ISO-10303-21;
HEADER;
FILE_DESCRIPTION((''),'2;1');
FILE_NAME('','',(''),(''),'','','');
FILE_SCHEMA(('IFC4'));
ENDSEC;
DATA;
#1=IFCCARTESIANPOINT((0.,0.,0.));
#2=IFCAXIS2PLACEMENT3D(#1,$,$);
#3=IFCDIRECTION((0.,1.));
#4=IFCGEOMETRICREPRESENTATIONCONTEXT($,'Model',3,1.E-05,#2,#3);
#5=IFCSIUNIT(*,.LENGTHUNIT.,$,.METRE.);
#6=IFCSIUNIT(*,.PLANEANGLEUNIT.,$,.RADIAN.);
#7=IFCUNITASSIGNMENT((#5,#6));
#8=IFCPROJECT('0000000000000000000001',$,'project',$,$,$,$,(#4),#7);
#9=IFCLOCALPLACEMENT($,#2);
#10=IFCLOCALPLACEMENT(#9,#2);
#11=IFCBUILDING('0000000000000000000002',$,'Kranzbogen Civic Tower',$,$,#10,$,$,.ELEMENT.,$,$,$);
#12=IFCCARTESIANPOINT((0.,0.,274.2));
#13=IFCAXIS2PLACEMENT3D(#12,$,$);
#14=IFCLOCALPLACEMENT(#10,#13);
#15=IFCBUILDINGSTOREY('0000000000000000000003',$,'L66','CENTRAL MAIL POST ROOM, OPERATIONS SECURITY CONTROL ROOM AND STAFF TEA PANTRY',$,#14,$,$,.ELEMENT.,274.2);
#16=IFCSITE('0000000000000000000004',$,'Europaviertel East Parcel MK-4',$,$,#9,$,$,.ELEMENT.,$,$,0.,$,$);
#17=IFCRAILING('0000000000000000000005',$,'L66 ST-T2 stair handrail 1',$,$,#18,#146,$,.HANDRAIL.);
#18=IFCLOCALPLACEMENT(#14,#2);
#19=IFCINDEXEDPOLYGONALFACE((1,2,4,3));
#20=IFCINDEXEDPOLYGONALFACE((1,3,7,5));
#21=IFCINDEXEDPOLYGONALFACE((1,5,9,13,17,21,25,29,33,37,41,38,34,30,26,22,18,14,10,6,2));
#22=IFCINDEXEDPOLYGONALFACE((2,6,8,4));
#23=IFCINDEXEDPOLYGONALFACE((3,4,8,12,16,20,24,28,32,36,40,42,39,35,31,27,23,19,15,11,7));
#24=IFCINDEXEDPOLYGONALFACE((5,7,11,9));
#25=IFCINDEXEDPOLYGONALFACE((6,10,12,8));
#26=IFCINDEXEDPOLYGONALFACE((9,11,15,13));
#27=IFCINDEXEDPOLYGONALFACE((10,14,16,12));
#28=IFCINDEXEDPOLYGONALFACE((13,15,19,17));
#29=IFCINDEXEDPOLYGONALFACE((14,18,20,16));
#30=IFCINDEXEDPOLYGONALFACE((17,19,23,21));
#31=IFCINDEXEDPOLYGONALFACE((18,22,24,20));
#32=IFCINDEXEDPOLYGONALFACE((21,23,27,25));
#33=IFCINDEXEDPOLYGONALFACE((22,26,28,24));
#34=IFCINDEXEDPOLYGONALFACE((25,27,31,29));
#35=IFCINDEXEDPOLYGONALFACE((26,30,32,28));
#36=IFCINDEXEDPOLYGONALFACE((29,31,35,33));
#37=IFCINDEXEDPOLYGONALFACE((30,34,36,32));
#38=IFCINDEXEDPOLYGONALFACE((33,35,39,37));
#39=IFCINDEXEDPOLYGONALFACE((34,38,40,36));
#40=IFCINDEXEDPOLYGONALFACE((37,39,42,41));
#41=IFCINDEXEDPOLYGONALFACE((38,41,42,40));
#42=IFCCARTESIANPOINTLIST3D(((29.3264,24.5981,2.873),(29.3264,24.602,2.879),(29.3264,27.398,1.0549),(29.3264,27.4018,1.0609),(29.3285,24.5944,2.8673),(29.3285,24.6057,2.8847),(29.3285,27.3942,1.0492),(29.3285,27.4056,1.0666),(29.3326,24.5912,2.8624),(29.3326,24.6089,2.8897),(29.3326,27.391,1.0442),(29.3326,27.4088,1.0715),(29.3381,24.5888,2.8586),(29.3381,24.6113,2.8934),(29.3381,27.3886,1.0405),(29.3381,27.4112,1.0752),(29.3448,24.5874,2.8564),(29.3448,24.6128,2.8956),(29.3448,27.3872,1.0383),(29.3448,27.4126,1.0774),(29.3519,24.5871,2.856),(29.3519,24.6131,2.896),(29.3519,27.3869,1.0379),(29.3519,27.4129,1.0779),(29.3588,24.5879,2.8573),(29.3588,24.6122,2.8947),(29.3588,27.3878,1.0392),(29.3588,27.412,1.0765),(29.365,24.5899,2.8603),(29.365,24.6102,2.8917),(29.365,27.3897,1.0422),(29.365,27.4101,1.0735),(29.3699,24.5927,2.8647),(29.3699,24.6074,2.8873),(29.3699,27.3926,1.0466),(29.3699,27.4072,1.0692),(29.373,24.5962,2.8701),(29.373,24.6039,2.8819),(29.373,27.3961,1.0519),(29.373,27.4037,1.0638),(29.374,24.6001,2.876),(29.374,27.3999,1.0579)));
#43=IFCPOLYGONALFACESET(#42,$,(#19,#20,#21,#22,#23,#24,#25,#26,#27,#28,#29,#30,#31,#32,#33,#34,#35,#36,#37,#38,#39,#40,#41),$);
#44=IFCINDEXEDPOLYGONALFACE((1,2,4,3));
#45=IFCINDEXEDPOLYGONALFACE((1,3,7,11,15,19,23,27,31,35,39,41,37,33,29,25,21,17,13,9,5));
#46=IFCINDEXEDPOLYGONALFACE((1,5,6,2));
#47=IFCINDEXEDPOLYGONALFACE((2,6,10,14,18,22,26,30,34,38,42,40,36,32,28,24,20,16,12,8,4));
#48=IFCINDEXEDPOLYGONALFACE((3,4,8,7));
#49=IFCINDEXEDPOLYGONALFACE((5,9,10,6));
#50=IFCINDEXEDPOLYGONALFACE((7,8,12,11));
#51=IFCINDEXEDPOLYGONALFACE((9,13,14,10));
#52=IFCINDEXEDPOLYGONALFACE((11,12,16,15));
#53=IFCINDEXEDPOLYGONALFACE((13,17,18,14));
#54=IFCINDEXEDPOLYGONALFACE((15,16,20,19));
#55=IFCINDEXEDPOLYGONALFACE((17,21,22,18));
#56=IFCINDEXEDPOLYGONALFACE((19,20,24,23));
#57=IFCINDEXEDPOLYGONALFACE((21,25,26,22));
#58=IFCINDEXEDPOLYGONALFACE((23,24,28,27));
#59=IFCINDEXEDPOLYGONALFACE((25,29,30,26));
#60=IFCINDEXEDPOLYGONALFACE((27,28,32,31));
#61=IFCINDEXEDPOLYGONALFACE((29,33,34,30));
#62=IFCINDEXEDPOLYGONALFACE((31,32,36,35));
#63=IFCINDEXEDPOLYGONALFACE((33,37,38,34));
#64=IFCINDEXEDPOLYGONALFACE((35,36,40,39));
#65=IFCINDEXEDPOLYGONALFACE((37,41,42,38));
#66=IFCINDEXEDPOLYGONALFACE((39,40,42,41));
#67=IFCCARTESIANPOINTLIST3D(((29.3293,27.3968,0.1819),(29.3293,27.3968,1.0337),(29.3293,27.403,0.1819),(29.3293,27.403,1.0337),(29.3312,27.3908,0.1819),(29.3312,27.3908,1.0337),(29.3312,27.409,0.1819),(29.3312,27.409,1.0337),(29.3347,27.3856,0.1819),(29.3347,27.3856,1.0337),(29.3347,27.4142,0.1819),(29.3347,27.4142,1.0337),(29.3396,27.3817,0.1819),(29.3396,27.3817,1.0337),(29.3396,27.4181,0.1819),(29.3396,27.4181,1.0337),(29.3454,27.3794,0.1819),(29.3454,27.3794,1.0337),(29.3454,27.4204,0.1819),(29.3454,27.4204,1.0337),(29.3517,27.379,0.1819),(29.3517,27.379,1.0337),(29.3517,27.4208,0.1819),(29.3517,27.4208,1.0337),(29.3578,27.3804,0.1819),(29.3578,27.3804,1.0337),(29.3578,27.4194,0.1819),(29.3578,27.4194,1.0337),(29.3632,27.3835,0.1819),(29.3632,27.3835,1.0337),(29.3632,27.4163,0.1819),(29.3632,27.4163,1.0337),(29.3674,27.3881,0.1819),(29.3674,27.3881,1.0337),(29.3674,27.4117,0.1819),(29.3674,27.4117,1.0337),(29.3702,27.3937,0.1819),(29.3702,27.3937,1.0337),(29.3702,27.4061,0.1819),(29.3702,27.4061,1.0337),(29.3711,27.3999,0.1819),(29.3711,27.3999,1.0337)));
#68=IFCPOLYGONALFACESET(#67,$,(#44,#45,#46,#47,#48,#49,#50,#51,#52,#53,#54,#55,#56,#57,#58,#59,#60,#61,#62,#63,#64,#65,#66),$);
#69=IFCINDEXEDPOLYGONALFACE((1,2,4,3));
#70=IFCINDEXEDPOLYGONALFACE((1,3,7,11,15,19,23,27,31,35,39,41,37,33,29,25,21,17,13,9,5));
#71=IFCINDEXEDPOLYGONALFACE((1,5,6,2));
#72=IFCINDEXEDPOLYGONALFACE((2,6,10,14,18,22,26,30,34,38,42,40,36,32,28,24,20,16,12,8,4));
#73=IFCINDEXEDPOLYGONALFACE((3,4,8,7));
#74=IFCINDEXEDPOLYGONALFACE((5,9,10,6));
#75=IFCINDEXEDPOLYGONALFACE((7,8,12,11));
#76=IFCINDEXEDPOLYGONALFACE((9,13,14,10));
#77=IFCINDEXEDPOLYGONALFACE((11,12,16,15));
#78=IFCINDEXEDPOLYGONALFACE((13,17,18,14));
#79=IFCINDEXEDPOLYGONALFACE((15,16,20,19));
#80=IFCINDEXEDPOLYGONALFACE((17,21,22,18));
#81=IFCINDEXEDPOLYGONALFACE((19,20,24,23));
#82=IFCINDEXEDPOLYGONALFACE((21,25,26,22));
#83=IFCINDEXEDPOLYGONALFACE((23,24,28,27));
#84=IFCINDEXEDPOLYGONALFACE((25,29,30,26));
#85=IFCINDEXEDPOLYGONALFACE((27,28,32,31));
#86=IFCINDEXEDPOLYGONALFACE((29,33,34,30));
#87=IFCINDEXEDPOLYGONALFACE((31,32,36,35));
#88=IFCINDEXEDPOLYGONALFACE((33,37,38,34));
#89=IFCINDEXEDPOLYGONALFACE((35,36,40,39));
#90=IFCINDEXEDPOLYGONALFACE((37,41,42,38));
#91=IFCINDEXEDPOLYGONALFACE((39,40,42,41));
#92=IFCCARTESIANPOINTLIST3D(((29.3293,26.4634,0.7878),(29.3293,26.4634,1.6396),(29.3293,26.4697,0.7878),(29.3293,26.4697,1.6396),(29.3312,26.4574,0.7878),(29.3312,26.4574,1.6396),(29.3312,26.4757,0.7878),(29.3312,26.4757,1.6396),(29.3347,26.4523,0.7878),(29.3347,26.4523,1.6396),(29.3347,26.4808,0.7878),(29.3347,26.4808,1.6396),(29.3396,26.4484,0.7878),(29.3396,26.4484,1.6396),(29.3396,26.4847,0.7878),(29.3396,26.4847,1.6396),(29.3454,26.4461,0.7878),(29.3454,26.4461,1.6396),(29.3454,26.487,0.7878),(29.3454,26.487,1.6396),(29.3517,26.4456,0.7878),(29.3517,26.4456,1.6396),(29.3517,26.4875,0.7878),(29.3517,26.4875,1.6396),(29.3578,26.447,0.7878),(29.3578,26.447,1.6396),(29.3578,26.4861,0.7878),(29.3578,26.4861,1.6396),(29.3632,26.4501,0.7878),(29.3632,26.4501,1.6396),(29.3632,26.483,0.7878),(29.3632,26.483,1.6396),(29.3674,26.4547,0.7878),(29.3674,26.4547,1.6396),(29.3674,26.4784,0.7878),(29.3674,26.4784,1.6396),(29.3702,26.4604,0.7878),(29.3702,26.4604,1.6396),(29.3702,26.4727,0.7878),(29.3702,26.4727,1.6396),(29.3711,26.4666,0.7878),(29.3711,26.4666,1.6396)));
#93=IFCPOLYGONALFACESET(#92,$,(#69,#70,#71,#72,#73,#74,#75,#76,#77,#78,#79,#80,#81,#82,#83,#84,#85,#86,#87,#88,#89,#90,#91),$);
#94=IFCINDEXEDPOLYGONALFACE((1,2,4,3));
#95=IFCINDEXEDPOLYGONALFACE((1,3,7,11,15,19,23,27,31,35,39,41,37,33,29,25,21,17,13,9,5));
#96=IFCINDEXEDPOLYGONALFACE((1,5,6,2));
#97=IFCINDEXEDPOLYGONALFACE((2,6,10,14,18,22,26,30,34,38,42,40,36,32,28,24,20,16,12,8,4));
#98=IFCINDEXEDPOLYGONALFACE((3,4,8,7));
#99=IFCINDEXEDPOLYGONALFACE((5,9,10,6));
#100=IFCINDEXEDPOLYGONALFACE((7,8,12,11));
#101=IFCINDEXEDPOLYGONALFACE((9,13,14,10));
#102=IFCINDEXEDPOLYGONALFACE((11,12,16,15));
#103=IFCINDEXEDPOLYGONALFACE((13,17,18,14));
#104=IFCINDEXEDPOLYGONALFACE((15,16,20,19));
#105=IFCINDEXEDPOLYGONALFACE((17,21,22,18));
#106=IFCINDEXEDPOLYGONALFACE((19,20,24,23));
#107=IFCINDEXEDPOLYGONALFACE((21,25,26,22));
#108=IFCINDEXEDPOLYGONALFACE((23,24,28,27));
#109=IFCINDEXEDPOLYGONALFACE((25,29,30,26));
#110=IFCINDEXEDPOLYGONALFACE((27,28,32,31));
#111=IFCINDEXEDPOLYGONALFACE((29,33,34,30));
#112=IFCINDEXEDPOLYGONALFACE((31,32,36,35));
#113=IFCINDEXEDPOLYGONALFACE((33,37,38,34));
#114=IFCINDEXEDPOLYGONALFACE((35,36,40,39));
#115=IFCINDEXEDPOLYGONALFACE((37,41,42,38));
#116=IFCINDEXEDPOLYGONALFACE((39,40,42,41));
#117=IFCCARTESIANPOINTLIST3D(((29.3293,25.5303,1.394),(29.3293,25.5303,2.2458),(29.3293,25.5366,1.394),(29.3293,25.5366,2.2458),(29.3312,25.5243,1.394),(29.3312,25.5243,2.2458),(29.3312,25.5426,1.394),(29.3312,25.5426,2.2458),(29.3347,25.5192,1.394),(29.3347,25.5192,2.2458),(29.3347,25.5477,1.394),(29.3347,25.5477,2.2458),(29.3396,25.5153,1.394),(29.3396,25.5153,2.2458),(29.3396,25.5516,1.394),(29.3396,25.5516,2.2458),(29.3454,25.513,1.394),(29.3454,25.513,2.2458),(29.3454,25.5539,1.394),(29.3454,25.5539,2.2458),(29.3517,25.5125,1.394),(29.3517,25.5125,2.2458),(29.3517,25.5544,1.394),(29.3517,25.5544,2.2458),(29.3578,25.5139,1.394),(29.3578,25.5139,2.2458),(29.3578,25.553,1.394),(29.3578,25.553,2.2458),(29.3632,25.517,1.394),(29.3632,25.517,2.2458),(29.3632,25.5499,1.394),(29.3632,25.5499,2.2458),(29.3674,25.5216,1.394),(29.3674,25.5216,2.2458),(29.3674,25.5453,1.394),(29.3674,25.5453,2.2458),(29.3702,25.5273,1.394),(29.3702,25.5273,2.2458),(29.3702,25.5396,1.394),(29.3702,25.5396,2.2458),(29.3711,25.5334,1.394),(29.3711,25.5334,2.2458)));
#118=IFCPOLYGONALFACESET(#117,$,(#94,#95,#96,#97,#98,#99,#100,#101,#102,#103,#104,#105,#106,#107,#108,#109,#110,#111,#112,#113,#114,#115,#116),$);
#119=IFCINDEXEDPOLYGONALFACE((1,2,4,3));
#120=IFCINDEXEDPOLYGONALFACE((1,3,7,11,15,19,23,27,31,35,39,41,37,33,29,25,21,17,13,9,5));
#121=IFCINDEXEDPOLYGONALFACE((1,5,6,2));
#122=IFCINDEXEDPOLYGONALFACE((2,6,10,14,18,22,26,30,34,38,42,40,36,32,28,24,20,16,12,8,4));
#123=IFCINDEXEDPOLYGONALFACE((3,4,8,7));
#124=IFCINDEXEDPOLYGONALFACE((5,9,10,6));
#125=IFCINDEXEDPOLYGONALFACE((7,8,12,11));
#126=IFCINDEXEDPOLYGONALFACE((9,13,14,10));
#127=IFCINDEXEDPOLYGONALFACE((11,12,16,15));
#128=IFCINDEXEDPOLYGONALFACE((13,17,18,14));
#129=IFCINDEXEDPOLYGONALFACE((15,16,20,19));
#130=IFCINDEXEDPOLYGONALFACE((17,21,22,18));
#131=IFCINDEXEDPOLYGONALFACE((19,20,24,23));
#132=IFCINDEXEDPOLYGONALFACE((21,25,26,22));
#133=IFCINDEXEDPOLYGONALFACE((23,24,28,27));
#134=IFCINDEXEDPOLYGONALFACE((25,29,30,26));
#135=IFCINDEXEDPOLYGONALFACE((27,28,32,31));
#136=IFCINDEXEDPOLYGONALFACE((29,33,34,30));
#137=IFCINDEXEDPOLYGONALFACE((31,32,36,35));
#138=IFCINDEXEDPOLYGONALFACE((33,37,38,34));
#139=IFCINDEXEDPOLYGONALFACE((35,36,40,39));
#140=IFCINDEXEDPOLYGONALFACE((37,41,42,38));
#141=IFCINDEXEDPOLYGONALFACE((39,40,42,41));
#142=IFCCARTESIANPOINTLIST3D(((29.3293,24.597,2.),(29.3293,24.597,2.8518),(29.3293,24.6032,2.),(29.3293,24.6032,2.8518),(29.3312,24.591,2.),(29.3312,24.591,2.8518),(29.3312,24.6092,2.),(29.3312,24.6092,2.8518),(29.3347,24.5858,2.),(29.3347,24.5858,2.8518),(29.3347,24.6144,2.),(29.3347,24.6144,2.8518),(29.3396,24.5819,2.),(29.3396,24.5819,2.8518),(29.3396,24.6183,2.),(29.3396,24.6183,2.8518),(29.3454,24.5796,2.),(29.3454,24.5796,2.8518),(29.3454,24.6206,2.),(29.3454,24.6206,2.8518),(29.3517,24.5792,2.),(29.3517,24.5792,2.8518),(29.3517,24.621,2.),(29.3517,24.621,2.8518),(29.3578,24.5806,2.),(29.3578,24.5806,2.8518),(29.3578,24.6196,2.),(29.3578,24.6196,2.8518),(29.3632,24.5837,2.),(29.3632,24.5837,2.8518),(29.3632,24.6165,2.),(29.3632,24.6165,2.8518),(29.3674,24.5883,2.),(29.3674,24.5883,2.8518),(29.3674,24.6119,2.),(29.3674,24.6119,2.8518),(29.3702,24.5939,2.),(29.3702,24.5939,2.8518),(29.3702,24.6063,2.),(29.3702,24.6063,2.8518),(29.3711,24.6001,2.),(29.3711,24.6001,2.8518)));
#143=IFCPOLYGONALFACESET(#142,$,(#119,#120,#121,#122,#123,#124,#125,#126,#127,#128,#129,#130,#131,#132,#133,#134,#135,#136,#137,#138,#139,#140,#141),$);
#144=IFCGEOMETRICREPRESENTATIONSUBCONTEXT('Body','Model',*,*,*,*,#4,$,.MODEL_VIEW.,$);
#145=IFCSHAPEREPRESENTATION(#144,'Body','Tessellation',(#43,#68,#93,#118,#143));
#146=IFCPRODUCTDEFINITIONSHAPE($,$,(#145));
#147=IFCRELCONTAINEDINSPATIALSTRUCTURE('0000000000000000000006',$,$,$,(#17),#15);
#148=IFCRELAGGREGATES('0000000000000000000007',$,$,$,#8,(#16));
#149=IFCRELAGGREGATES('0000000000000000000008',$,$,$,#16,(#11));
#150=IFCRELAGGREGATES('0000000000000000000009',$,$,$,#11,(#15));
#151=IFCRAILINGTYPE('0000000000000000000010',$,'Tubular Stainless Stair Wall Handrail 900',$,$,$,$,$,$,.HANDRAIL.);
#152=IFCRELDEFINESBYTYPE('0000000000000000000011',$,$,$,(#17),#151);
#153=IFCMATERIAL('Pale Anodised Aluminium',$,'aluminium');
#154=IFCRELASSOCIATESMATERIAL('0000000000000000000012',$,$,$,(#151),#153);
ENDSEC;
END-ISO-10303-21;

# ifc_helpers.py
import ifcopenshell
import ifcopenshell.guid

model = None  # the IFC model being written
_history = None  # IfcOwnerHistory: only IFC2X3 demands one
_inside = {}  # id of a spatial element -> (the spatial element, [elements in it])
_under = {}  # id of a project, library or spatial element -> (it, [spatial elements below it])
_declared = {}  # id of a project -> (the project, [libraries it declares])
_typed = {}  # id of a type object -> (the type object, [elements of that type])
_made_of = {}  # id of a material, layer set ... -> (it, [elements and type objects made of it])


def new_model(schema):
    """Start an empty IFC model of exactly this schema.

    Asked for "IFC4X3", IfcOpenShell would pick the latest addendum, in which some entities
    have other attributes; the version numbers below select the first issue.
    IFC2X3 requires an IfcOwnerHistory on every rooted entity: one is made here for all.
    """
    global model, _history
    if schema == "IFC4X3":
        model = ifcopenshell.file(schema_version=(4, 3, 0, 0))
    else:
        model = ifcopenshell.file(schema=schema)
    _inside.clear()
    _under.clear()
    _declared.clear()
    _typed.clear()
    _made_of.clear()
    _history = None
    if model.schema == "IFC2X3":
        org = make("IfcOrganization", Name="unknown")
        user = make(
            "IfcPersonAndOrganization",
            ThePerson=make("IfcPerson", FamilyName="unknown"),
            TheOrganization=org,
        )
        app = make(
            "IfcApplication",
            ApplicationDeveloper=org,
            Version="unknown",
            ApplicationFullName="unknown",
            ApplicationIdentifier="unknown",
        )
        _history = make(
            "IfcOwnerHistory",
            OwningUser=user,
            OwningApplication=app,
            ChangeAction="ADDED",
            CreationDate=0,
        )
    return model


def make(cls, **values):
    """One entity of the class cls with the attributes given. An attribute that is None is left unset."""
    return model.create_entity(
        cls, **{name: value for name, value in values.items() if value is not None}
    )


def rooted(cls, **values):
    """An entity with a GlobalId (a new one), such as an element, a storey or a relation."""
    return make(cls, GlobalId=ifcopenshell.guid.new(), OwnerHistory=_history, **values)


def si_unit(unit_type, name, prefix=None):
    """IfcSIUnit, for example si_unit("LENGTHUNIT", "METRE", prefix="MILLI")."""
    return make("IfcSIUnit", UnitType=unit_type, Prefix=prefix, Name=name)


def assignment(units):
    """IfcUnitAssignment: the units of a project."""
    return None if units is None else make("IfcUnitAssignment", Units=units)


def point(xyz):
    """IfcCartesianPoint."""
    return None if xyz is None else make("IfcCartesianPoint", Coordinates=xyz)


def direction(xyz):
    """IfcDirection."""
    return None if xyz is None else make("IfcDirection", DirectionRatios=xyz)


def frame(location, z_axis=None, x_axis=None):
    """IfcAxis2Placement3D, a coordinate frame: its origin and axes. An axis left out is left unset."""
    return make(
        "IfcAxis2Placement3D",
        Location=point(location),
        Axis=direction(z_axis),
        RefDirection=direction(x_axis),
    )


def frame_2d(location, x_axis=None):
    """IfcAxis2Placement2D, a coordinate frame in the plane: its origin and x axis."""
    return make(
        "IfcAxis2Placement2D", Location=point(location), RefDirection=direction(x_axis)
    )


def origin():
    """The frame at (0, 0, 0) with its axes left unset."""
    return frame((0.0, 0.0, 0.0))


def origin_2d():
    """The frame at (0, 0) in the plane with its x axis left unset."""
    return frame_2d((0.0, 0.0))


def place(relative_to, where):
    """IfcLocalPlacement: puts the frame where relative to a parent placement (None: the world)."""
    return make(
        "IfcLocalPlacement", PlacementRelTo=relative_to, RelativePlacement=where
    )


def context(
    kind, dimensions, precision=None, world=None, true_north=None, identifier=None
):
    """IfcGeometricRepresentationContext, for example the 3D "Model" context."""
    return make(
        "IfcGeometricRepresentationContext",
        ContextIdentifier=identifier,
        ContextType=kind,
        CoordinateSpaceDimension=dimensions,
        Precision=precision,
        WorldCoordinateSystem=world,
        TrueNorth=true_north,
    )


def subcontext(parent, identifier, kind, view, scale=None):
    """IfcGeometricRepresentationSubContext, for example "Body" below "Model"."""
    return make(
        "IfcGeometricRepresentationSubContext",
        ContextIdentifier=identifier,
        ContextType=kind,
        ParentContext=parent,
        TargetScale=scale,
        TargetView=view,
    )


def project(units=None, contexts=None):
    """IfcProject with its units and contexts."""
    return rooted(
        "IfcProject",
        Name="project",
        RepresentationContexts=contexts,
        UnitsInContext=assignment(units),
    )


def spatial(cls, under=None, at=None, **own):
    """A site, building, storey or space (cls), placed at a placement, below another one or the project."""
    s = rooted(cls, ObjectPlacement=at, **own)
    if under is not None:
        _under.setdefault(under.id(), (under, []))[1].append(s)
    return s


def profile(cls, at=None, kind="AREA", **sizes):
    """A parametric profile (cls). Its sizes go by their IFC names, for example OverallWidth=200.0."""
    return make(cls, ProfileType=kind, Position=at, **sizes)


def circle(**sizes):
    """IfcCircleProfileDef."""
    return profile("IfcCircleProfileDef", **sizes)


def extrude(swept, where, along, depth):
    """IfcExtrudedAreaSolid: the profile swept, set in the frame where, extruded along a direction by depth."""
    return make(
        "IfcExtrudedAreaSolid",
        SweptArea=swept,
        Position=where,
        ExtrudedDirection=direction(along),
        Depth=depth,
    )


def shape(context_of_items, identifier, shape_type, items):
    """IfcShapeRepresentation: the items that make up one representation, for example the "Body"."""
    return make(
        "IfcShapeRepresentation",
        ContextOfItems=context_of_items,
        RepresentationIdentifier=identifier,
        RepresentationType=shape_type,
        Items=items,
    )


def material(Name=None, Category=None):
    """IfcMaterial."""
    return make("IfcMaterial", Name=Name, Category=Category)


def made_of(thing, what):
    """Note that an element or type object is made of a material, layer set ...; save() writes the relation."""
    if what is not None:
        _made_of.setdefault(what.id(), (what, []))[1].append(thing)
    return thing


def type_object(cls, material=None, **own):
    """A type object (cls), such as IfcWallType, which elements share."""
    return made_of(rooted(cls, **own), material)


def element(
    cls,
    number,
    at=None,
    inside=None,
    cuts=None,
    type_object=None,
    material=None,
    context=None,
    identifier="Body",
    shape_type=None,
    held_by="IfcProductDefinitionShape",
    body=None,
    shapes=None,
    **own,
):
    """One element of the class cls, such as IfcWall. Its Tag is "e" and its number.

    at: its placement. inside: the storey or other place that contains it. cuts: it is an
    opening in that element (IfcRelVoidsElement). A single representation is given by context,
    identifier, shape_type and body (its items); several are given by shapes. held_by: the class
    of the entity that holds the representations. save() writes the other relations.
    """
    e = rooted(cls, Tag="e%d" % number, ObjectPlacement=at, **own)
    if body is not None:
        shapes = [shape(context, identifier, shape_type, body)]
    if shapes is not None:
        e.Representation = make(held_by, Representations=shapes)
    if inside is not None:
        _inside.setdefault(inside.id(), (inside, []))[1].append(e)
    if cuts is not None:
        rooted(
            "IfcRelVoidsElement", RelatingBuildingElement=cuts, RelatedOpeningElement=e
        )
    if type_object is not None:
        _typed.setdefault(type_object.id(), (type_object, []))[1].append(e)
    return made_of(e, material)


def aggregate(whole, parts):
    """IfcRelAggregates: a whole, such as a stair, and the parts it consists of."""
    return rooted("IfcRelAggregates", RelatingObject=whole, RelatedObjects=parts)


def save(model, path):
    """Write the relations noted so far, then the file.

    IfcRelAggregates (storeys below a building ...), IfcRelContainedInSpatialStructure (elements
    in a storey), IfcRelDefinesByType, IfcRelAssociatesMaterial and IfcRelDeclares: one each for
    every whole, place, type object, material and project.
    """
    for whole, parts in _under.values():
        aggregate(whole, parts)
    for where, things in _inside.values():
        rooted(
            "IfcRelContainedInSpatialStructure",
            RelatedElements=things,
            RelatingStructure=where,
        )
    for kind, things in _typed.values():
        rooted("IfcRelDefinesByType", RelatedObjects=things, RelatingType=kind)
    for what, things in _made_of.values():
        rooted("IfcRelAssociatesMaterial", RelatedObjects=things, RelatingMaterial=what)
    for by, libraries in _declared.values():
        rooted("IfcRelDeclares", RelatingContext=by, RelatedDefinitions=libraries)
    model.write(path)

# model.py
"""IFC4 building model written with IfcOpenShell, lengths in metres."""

from ifc_helpers import new_model, si_unit, direction, frame, origin, origin_2d, place, context, subcontext, project, spatial, circle, extrude, material, type_object, element, save


model = new_model("IFC4")

# Units and contexts
model_context = context("Model", 3, precision=1e-05, world=origin(), true_north=direction((0.0, 1.0)))
body_context = subcontext(model_context, "Body", "Model", "MODEL_VIEW")
ifc_project = project(units=[si_unit("LENGTHUNIT", "METRE"), si_unit("PLANEANGLEUNIT", "RADIAN")], contexts=[model_context])

# Site, building, storey
site_placement = place(None, origin())
site = spatial("IfcSite", under=ifc_project, at=site_placement, Name="Europaviertel East Parcel MK-4", CompositionType="ELEMENT", RefElevation=0.0)
building_placement = place(site_placement, origin())
building = spatial("IfcBuilding", under=site, at=building_placement, Name="Kranzbogen Civic Tower", CompositionType="ELEMENT")
storey_placement = place(building_placement, frame((0.0, 0.0, 274.2)))
storey = spatial("IfcBuildingStorey", under=building, at=storey_placement, Name="L66", Description="CENTRAL MAIL POST ROOM, OPERATIONS SECURITY CONTROL ROOM AND STAFF TEA PANTRY", CompositionType="ELEMENT", Elevation=274.2)

# Shared definitions
ifc_material_1 = material(Name="Pale Anodised Aluminium", Category="aluminium")

# Railing
railing_type_1 = type_object("IfcRailingType", Name="Tubular Stainless Stair Wall Handrail 900", PredefinedType="HANDRAIL", material=ifc_material_1)
railing_1_placement = place(storey_placement, frame((29.3501, 27.3999, 0.1819)))
element("IfcRailing", 1, at=railing_1_placement, inside=storey, type_object=railing_type_1, Name="L66 ST-T2 stair handrail 1", PredefinedType="HANDRAIL", context=body_context, shape_type="SweptSolid", body=[
    extrude(circle(Radius=0.0239, at=origin_2d()), frame((0.0, 0.0, 0.876), z_axis=(0.0, -0.838684, 0.544618), x_axis=(1.0, 0.0, 0.0)), (0.0, 0.0, 1.0), 3.3384),
    extrude(circle(Radius=0.021, at=origin_2d()), origin(), (0.0, 0.0, 1.0), 0.8518),
    extrude(circle(Radius=0.021, at=origin_2d()), frame((0.0, -0.9333, 0.606)), (0.0, 0.0, 1.0), 0.8518),
    extrude(circle(Radius=0.021, at=origin_2d()), frame((0.0, -1.8665, 1.2122)), (0.0, 0.0, 1.0), 0.8518),
    extrude(circle(Radius=0.021, at=origin_2d()), frame((0.0, -2.7998, 1.8181)), (0.0, 0.0, 1.0), 0.8518),
])

save(model, "model.ifc")
